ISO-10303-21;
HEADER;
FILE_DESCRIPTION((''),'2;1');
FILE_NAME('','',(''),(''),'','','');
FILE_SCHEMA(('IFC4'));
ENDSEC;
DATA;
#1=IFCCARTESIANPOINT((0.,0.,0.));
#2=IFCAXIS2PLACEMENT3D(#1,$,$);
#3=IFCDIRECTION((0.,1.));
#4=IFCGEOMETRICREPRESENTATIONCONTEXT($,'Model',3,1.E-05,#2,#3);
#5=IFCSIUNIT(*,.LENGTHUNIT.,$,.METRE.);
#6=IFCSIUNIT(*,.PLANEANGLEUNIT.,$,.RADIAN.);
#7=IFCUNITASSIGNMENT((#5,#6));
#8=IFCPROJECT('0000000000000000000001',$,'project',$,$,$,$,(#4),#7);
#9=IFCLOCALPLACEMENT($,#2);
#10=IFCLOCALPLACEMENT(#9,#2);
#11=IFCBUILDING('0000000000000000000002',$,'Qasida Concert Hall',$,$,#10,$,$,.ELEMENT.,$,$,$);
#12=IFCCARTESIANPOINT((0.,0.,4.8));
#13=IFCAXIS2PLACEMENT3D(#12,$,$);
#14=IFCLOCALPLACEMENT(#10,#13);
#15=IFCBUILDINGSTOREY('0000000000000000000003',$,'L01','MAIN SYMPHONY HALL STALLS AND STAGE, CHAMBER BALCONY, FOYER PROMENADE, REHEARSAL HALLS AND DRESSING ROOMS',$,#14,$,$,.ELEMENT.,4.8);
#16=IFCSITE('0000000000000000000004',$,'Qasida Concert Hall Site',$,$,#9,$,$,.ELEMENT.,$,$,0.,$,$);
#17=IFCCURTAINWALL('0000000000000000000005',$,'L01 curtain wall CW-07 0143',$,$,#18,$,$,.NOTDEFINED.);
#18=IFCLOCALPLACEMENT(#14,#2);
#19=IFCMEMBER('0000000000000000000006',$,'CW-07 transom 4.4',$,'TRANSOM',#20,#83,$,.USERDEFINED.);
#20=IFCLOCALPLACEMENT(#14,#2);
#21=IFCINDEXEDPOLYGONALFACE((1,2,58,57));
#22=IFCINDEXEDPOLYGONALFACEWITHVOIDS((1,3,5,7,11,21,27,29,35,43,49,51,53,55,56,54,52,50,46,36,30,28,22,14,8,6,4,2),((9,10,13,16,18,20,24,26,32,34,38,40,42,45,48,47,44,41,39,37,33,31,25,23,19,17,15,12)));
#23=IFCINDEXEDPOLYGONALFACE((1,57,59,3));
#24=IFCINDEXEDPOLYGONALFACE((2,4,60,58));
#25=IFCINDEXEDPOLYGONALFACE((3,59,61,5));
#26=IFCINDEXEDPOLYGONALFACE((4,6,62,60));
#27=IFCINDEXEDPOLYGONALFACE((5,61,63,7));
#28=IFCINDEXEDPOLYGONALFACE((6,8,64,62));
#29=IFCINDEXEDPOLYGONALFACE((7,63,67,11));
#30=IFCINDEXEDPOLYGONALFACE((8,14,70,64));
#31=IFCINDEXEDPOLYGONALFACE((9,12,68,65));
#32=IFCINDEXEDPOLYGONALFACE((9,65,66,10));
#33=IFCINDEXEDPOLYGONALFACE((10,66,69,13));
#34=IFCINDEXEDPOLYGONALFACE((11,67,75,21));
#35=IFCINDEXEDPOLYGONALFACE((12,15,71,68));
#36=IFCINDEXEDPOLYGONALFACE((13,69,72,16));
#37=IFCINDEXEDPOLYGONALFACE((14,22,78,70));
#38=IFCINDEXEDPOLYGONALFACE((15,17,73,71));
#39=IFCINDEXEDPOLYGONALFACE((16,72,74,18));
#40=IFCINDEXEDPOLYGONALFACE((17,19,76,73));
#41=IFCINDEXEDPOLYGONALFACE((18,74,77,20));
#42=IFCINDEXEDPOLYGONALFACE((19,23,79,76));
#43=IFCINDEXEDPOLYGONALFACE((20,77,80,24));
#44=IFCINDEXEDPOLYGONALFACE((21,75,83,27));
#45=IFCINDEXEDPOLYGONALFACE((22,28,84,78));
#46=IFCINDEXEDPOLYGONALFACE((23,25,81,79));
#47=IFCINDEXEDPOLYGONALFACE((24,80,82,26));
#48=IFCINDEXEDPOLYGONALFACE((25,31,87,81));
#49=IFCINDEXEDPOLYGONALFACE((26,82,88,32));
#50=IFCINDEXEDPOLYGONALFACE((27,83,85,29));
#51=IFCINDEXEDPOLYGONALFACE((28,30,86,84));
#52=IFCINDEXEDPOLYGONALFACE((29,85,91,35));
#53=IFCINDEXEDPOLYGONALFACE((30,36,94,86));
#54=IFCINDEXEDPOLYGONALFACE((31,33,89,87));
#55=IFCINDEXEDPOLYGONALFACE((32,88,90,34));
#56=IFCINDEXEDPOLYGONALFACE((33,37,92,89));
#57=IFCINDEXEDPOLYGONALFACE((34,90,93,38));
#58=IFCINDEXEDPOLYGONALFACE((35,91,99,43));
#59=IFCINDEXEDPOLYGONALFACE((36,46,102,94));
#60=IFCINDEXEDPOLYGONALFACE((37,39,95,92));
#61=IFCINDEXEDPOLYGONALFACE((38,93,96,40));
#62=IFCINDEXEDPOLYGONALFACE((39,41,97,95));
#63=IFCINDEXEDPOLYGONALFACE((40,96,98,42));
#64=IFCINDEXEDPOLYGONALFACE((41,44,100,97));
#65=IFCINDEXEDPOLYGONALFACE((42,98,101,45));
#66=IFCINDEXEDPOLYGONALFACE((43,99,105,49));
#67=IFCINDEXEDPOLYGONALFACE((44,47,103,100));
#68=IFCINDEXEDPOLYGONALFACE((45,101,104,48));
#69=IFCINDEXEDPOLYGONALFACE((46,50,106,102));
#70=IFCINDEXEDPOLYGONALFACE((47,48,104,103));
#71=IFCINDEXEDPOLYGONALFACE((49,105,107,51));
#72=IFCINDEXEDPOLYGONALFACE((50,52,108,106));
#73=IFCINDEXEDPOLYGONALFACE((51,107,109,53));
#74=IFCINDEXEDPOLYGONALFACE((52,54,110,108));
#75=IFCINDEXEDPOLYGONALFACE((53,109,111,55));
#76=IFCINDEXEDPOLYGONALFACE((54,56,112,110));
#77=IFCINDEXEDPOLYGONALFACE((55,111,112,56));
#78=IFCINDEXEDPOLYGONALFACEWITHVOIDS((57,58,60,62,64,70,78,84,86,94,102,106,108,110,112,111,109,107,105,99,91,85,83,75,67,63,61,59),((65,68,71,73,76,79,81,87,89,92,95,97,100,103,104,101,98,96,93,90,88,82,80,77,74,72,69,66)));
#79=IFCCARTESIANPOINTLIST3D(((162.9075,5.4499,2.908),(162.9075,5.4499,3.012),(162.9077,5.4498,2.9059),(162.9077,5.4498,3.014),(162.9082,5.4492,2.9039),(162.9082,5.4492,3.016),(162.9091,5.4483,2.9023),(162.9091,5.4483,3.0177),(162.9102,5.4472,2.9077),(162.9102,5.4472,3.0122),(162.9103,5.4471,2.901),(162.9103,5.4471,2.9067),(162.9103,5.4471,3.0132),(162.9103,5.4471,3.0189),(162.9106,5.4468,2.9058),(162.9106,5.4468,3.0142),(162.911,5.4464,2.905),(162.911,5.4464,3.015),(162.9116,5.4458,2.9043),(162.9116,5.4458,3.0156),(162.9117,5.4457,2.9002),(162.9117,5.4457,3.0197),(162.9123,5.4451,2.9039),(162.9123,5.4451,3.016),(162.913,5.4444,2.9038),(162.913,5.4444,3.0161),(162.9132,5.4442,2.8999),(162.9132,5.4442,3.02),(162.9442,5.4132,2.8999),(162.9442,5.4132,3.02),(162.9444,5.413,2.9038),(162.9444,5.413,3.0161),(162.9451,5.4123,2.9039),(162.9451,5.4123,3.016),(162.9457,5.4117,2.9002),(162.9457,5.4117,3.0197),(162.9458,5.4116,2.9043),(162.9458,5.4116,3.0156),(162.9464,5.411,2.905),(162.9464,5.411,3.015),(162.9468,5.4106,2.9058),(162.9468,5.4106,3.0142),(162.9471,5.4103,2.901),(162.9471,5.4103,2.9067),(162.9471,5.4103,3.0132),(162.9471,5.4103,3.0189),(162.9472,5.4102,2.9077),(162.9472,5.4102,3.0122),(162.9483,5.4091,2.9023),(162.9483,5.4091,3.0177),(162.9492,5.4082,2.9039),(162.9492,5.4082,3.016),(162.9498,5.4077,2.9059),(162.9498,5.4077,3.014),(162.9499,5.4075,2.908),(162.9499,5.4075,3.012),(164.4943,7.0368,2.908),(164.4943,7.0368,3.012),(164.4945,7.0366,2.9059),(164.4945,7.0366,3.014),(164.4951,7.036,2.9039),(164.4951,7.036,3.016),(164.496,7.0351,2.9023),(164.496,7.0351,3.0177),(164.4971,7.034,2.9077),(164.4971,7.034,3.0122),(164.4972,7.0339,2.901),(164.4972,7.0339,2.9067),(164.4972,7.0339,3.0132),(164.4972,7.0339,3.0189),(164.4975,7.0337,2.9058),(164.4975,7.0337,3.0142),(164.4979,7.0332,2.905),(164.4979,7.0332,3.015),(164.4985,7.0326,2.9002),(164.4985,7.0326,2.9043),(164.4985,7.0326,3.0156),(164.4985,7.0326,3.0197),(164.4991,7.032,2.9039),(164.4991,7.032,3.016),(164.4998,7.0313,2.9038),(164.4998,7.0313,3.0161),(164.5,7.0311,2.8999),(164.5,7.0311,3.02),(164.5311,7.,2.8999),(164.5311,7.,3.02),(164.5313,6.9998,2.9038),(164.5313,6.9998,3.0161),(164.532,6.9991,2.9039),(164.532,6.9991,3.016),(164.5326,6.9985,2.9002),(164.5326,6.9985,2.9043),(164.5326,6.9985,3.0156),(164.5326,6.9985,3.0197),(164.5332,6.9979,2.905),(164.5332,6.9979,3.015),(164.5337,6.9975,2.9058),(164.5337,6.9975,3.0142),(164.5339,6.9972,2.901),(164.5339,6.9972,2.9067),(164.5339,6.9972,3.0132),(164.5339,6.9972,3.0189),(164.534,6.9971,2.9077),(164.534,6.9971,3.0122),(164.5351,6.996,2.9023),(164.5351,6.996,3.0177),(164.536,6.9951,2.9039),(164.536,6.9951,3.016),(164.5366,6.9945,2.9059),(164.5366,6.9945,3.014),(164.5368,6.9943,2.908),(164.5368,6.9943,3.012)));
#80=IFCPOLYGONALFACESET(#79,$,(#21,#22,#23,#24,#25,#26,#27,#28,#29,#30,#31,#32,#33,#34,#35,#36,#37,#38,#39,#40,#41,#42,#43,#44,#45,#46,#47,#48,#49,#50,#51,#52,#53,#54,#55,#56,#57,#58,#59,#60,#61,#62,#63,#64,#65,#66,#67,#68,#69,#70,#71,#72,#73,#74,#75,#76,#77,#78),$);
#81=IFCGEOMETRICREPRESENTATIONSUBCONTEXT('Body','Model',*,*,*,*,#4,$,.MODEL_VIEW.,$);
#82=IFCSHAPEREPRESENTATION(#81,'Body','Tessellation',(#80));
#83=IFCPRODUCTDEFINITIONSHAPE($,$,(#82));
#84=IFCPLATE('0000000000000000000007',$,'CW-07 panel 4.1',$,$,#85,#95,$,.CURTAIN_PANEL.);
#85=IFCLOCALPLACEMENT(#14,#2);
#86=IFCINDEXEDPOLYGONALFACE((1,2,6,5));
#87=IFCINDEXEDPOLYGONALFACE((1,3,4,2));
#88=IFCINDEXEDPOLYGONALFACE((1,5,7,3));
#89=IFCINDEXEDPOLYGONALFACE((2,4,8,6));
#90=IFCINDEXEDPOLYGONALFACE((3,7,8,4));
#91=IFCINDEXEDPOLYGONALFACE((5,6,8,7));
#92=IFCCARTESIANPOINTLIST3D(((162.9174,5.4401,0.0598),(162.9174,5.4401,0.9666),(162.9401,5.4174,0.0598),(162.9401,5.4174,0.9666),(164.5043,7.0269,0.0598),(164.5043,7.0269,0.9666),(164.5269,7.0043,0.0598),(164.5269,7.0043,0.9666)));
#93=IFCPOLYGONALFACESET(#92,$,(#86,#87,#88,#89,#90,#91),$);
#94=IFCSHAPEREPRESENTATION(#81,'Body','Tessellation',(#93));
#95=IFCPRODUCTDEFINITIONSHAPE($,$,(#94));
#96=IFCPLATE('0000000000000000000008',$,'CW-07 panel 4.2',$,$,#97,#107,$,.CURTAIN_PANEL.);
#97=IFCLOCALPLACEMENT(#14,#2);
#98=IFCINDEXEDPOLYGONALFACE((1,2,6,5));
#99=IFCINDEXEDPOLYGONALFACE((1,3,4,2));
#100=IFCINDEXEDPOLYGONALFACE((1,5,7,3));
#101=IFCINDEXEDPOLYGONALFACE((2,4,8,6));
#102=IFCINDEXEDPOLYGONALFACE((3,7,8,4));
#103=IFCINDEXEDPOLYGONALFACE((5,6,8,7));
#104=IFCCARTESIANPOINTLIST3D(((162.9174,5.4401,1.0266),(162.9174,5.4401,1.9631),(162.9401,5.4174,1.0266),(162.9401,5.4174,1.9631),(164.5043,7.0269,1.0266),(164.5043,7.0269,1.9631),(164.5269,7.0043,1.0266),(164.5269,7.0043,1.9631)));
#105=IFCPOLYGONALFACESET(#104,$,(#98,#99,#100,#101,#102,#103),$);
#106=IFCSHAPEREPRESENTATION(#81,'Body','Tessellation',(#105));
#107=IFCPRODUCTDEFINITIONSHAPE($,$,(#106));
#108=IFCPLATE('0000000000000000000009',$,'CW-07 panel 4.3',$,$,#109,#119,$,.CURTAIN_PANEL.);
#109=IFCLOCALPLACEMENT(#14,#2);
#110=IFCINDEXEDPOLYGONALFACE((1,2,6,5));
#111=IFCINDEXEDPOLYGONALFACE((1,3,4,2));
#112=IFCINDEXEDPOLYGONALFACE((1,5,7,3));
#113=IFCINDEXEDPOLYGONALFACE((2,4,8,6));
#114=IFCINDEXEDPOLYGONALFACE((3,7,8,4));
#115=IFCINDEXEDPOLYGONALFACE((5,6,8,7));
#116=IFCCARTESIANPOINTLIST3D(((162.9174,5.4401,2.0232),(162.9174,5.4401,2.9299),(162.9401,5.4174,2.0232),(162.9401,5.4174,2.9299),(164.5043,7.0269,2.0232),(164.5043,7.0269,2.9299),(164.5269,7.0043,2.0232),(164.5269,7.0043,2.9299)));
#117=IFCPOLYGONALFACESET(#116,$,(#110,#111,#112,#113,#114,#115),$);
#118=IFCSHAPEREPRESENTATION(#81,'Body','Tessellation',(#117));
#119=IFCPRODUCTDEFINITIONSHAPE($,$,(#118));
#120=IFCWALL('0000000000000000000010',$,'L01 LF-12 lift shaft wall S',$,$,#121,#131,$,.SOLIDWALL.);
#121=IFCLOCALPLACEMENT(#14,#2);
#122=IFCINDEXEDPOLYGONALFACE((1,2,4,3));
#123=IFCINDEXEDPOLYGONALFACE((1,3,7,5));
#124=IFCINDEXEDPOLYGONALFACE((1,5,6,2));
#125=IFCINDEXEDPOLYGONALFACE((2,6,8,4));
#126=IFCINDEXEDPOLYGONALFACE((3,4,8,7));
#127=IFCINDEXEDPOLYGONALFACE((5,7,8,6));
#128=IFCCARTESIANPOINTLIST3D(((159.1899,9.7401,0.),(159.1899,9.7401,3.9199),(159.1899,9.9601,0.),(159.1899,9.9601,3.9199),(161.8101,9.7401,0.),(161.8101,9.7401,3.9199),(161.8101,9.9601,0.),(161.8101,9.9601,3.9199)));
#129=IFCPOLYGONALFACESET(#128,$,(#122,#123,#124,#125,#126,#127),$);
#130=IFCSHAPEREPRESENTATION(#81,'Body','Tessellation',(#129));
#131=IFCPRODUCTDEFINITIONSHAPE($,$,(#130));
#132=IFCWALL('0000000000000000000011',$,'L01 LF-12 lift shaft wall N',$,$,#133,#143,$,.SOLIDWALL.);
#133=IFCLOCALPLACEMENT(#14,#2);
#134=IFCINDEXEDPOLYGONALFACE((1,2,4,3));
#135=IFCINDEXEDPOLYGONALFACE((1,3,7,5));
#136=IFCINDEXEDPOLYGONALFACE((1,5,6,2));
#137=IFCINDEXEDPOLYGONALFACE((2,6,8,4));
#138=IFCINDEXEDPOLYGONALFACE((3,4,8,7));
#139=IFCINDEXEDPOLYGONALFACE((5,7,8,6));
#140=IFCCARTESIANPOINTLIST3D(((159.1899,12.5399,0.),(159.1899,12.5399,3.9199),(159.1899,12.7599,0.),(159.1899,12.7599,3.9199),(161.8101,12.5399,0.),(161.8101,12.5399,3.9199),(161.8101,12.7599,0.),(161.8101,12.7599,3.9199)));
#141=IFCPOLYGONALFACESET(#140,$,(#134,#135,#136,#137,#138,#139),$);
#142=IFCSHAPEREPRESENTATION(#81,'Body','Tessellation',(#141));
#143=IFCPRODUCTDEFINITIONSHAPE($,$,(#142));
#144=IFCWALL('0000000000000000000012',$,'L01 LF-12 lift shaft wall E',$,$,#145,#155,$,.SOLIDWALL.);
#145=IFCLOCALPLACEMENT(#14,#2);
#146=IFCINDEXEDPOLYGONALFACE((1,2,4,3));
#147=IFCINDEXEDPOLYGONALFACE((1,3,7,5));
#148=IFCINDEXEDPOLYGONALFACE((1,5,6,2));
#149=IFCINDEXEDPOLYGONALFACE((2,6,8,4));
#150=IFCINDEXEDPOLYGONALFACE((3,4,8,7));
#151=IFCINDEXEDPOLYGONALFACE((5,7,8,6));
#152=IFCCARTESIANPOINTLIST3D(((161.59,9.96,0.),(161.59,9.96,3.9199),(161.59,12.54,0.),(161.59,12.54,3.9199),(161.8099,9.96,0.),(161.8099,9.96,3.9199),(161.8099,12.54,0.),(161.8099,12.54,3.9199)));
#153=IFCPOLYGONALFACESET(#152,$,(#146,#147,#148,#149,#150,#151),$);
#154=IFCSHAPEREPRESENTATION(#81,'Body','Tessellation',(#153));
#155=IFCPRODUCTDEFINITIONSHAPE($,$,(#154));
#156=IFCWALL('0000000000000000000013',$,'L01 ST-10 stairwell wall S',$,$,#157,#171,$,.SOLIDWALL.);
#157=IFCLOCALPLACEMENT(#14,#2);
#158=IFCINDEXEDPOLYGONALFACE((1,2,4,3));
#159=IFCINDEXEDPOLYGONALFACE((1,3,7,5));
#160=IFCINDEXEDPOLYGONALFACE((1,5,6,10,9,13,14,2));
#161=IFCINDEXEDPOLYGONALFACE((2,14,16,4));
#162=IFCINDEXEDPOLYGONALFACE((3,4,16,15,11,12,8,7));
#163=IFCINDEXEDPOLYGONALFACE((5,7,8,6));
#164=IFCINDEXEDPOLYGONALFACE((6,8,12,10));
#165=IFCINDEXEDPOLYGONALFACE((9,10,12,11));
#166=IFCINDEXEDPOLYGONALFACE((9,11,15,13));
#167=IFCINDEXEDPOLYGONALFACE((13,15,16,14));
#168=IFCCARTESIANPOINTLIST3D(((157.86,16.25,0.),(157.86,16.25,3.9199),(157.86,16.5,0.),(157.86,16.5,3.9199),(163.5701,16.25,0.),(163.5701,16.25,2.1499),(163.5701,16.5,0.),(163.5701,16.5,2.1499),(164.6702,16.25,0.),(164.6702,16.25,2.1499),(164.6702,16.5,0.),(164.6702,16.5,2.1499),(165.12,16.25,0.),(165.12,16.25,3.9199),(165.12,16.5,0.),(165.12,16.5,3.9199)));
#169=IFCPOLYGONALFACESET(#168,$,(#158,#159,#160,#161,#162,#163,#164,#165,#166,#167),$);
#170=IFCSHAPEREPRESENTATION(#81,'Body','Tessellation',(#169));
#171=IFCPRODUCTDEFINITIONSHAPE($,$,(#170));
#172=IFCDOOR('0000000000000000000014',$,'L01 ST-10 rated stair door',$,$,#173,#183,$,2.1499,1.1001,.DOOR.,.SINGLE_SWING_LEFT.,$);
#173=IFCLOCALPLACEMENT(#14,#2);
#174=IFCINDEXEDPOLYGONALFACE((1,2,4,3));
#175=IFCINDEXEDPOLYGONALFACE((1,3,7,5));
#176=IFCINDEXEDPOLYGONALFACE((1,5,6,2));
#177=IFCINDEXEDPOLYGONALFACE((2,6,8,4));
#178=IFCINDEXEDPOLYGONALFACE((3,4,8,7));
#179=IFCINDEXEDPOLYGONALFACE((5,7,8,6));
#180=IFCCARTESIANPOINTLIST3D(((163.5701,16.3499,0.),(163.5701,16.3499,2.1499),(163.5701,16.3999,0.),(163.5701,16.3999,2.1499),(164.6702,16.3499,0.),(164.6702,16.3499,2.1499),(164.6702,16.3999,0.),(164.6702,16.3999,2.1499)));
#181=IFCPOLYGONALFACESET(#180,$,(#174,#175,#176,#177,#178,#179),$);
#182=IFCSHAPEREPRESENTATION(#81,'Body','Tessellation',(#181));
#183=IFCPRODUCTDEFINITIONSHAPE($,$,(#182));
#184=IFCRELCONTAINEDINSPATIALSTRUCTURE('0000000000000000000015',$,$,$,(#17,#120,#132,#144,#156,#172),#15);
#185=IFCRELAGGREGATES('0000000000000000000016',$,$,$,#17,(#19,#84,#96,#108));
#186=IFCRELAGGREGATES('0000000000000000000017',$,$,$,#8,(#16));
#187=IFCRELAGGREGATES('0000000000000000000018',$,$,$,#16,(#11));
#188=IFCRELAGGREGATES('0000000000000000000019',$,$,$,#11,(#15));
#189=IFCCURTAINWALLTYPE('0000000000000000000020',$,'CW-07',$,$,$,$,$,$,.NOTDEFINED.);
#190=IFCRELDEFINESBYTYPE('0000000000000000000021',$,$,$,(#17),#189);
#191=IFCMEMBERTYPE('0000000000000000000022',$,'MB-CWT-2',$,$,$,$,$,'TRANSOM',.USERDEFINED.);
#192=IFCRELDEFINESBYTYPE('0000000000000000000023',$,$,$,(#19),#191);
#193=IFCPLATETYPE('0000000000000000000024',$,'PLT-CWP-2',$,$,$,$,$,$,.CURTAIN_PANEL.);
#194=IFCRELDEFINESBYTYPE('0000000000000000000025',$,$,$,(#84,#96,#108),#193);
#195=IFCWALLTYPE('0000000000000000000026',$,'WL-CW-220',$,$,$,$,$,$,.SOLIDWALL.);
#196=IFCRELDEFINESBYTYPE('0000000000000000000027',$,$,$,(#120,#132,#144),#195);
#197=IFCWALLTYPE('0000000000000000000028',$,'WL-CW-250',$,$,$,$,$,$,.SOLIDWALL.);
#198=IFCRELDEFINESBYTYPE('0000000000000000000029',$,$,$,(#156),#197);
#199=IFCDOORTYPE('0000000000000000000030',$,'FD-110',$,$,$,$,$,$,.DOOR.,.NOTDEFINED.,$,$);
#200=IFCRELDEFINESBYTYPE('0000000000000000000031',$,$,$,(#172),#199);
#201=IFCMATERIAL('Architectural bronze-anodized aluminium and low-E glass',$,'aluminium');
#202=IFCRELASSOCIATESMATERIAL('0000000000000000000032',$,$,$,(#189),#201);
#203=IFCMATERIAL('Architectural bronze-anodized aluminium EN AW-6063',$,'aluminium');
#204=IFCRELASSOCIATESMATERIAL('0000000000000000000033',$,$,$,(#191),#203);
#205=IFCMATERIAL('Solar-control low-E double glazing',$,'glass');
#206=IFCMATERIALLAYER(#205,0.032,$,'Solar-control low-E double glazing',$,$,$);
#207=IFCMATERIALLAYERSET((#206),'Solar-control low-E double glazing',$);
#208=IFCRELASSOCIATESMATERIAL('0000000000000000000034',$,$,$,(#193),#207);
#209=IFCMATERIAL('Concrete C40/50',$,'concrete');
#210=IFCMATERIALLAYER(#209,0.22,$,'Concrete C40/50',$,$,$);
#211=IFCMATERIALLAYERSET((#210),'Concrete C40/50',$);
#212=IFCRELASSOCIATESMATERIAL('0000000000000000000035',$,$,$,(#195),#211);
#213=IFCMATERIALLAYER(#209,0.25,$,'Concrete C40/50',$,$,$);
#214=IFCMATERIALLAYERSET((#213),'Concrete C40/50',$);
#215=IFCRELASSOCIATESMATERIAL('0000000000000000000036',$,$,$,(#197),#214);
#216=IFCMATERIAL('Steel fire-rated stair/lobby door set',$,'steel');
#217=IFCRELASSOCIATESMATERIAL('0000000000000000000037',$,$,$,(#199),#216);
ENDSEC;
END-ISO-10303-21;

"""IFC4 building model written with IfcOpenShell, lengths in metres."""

from ifc_helpers import new_model, si_unit, direction, frame, frame_2d, origin, origin_2d, place, context, subcontext, project, spatial, rectangle, hollow_rectangle, extrude, material, layer, layer_set, material_profile, profile_set, type_object, element, fill, aggregate, save


model = new_model("IFC4")

# Units and contexts
model_context = context("Model", 3, precision=1e-05, world=origin(), true_north=direction((0.0, 1.0)))
body_context = subcontext(model_context, "Body", "Model", "MODEL_VIEW")
ifc_project = project(units=[si_unit("LENGTHUNIT", "METRE"), si_unit("PLANEANGLEUNIT", "RADIAN")], contexts=[model_context])

# Site, building, storey
site_placement = place(None, origin())
site = spatial("IfcSite", under=ifc_project, at=site_placement, Name="Qasida Concert Hall Site", CompositionType="ELEMENT", RefElevation=0.0)
building_placement = place(site_placement, origin())
building = spatial("IfcBuilding", under=site, at=building_placement, Name="Qasida Concert Hall", CompositionType="ELEMENT")
storey_placement = place(building_placement, frame((0.0, 0.0, 4.8)))
storey = spatial("IfcBuildingStorey", under=building, at=storey_placement, Name="L01", Description="MAIN SYMPHONY HALL STALLS AND STAGE, CHAMBER BALCONY, FOYER PROMENADE, REHEARSAL HALLS AND DRESSING ROOMS", CompositionType="ELEMENT", Elevation=4.8)

# Shared definitions
ifc_material_1 = material(Name="Concrete C40/50", Category="concrete")

# Curtain wall, member, plates
ifc_material_2 = material(Name="Architectural bronze-anodized aluminium and low-E glass", Category="aluminium")
curtain_wall_type = type_object("IfcCurtainWallType", Name="CW-07", PredefinedType="NOTDEFINED", material=ifc_material_2)
curtain_wall_placement = place(storey_placement, origin())
curtain_wall = element("IfcCurtainWall", 1, at=curtain_wall_placement, inside=storey, type_object=curtain_wall_type, Name="L01 curtain wall CW-07 0143", PredefinedType="NOTDEFINED")
ifc_material_3 = material(Name="Architectural bronze-anodized aluminium EN AW-6063", Category="aluminium")
ifc_material_profile_1 = material_profile(ifc_material_3, hollow_rectangle(XDim=0.0601, YDim=0.1201, WallThickness=0.0039, InnerFilletRadius=0.0039, OuterFilletRadius=0.0081, at=origin_2d()), Name="CWT 120x60x4")
ifc_profile_set_1 = profile_set([ifc_material_profile_1], Name="Architectural bronze-anodized aluminium EN AW-6063")
member_type_1 = type_object("IfcMemberType", Name="MB-CWT-2", ElementType="TRANSOM", PredefinedType="USERDEFINED", material=ifc_profile_set_1)
member_1_placement = place(storey_placement, frame((162.9287, 5.4287, 2.96), z_axis=(0.707107, 0.707107, 0.0), x_axis=(-0.707107, 0.707107, 0.0)))
member_1 = element("IfcMember", 2, at=member_1_placement, type_object=member_type_1, Name="CW-07 transom 4.4", ObjectType="TRANSOM", PredefinedType="USERDEFINED", context=body_context, shape_type="SweptSolid", body=[
    extrude(hollow_rectangle(XDim=0.0601, YDim=0.1201, WallThickness=0.0039, InnerFilletRadius=0.0039, OuterFilletRadius=0.0081, at=origin_2d()), origin(), (0.0, 0.0, 1.0), 2.2441),
])
ifc_material_4 = material(Name="Solar-control low-E double glazing", Category="glass")
ifc_layer_1 = layer(ifc_material_4, 0.032, Name="Solar-control low-E double glazing")
ifc_layer_set_1 = layer_set([ifc_layer_1], Name="Solar-control low-E double glazing")
plate_type = type_object("IfcPlateType", Name="PLT-CWP-2", PredefinedType="CURTAIN_PANEL", material=ifc_layer_set_1)
plate_1_placement = place(storey_placement, frame((163.7222, 6.2222, 0.0598), z_axis=(0.0, 0.0, 1.0), x_axis=(0.707107, 0.707107, 0.0)))
plate_1 = element("IfcPlate", 3, at=plate_1_placement, type_object=plate_type, Name="CW-07 panel 4.1", PredefinedType="CURTAIN_PANEL", context=body_context, shape_type="SweptSolid", body=[
    extrude(rectangle(XDim=2.2441, YDim=0.032, at=origin_2d()), origin(), (0.0, 0.0, 1.0), 0.9067),
])
plate_2_placement = place(storey_placement, frame((163.7222, 6.2222, 1.0266), z_axis=(0.0, 0.0, 1.0), x_axis=(0.707107, 0.707107, 0.0)))
plate_2 = element("IfcPlate", 4, at=plate_2_placement, type_object=plate_type, Name="CW-07 panel 4.2", PredefinedType="CURTAIN_PANEL", context=body_context, shape_type="SweptSolid", body=[
    extrude(rectangle(XDim=2.2441, YDim=0.032, at=origin_2d()), origin(), (0.0, 0.0, 1.0), 0.9365),
])
plate_3_placement = place(storey_placement, frame((163.7222, 6.2222, 2.0232), z_axis=(0.0, 0.0, 1.0), x_axis=(0.707107, 0.707107, 0.0)))
plate_3 = element("IfcPlate", 5, at=plate_3_placement, type_object=plate_type, Name="CW-07 panel 4.3", PredefinedType="CURTAIN_PANEL", context=body_context, shape_type="SweptSolid", body=[
    extrude(rectangle(XDim=2.2441, YDim=0.032, at=origin_2d()), origin(), (0.0, 0.0, 1.0), 0.9067),
])
aggregate(curtain_wall, [member_1, plate_1, plate_2, plate_3])

# Walls
ifc_layer_2 = layer(ifc_material_1, 0.22, Name="Concrete C40/50")
ifc_layer_set_2 = layer_set([ifc_layer_2], Name="Concrete C40/50")
wall_type_1 = type_object("IfcWallType", Name="WL-CW-220", PredefinedType="SOLIDWALL", material=ifc_layer_set_2)
for number, where, z_axis, x_axis, name in (
    (6, (159.1899, 9.8501, 0.0), (0.0, 0.0, 1.0), (1.0, 0.0, 0.0), "L01 LF-12 lift shaft wall S"),
    (7, (159.1899, 12.6499, 0.0), (0.0, 0.0, 1.0), (1.0, 0.0, 0.0), "L01 LF-12 lift shaft wall N"),
):
    element("IfcWall", number, at=place(storey_placement, frame(where, z_axis=z_axis, x_axis=x_axis)), inside=storey, type_object=wall_type_1, Name=name, PredefinedType="SOLIDWALL", context=body_context, shape_type="SweptSolid", body=[
        extrude(rectangle(XDim=2.6201, YDim=0.22, at=frame_2d((1.3101, 0.0))), origin(), (0.0, 0.0, 1.0), 3.9199),
    ])

# Wall
wall_1_placement = place(storey_placement, frame((161.7, 9.96, 0.0), z_axis=(0.0, 0.0, 1.0), x_axis=(0.0, 1.0, 0.0)))
element("IfcWall", 8, at=wall_1_placement, inside=storey, type_object=wall_type_1, Name="L01 LF-12 lift shaft wall E", PredefinedType="SOLIDWALL", context=body_context, shape_type="SweptSolid", body=[
    extrude(rectangle(XDim=2.5801, YDim=0.22, at=frame_2d((1.29, 0.0))), origin(), (0.0, 0.0, 1.0), 3.9199),
])

# Wall, opening, door
ifc_layer_3 = layer(ifc_material_1, 0.25, Name="Concrete C40/50")
ifc_layer_set_3 = layer_set([ifc_layer_3], Name="Concrete C40/50")
wall_type_2 = type_object("IfcWallType", Name="WL-CW-250", PredefinedType="SOLIDWALL", material=ifc_layer_set_3)
wall_2_placement = place(storey_placement, frame((157.8601, 16.375, 0.0), z_axis=(0.0, 0.0, 1.0), x_axis=(1.0, 0.0, 0.0)))
wall_2 = element("IfcWall", 9, at=wall_2_placement, inside=storey, type_object=wall_type_2, Name="L01 ST-10 stairwell wall S", PredefinedType="SOLIDWALL", context=body_context, shape_type="SweptSolid", body=[
    extrude(rectangle(XDim=7.26, YDim=0.25, at=frame_2d((3.6299, 0.0))), origin(), (0.0, 0.0, 1.0), 3.9199),
])
opening_1_placement = place(wall_2_placement, frame((5.71, 0.0, 0.0)))
opening_1 = element("IfcOpeningElement", 10, at=opening_1_placement, cuts=wall_2, PredefinedType="OPENING", context=body_context, shape_type="SweptSolid", body=[
    extrude(rectangle(XDim=1.1001, YDim=2.1499, at=frame_2d((0.55, 1.075))), frame((0.0, 0.135, 0.0), z_axis=(0.0, -1.0, 0.0), x_axis=(1.0, 0.0, 0.0)), (0.0, 0.0, 1.0), 0.27),
])
ifc_material_5 = material(Name="Steel fire-rated stair/lobby door set", Category="steel")
door_type_1 = type_object("IfcDoorType", Name="FD-110", OperationType="NOTDEFINED", PredefinedType="DOOR", material=ifc_material_5)
door_1_placement = place(opening_1_placement, origin())
door_1 = element("IfcDoor", 11, at=door_1_placement, inside=storey, type_object=door_type_1, Name="L01 ST-10 rated stair door", OperationType="SINGLE_SWING_LEFT", OverallHeight=2.1499, OverallWidth=1.1001, PredefinedType="DOOR", context=body_context, shape_type="SweptSolid", body=[
    extrude(rectangle(XDim=1.1001, YDim=2.1499, at=frame_2d((0.55, 1.075))), frame((0.0, 0.0249, 0.0), z_axis=(0.0, -1.0, 0.0), x_axis=(1.0, 0.0, 0.0)), (0.0, 0.0, 1.0), 0.05),
])
fill(opening_1, door_1)

save(model, "model.ifc")
